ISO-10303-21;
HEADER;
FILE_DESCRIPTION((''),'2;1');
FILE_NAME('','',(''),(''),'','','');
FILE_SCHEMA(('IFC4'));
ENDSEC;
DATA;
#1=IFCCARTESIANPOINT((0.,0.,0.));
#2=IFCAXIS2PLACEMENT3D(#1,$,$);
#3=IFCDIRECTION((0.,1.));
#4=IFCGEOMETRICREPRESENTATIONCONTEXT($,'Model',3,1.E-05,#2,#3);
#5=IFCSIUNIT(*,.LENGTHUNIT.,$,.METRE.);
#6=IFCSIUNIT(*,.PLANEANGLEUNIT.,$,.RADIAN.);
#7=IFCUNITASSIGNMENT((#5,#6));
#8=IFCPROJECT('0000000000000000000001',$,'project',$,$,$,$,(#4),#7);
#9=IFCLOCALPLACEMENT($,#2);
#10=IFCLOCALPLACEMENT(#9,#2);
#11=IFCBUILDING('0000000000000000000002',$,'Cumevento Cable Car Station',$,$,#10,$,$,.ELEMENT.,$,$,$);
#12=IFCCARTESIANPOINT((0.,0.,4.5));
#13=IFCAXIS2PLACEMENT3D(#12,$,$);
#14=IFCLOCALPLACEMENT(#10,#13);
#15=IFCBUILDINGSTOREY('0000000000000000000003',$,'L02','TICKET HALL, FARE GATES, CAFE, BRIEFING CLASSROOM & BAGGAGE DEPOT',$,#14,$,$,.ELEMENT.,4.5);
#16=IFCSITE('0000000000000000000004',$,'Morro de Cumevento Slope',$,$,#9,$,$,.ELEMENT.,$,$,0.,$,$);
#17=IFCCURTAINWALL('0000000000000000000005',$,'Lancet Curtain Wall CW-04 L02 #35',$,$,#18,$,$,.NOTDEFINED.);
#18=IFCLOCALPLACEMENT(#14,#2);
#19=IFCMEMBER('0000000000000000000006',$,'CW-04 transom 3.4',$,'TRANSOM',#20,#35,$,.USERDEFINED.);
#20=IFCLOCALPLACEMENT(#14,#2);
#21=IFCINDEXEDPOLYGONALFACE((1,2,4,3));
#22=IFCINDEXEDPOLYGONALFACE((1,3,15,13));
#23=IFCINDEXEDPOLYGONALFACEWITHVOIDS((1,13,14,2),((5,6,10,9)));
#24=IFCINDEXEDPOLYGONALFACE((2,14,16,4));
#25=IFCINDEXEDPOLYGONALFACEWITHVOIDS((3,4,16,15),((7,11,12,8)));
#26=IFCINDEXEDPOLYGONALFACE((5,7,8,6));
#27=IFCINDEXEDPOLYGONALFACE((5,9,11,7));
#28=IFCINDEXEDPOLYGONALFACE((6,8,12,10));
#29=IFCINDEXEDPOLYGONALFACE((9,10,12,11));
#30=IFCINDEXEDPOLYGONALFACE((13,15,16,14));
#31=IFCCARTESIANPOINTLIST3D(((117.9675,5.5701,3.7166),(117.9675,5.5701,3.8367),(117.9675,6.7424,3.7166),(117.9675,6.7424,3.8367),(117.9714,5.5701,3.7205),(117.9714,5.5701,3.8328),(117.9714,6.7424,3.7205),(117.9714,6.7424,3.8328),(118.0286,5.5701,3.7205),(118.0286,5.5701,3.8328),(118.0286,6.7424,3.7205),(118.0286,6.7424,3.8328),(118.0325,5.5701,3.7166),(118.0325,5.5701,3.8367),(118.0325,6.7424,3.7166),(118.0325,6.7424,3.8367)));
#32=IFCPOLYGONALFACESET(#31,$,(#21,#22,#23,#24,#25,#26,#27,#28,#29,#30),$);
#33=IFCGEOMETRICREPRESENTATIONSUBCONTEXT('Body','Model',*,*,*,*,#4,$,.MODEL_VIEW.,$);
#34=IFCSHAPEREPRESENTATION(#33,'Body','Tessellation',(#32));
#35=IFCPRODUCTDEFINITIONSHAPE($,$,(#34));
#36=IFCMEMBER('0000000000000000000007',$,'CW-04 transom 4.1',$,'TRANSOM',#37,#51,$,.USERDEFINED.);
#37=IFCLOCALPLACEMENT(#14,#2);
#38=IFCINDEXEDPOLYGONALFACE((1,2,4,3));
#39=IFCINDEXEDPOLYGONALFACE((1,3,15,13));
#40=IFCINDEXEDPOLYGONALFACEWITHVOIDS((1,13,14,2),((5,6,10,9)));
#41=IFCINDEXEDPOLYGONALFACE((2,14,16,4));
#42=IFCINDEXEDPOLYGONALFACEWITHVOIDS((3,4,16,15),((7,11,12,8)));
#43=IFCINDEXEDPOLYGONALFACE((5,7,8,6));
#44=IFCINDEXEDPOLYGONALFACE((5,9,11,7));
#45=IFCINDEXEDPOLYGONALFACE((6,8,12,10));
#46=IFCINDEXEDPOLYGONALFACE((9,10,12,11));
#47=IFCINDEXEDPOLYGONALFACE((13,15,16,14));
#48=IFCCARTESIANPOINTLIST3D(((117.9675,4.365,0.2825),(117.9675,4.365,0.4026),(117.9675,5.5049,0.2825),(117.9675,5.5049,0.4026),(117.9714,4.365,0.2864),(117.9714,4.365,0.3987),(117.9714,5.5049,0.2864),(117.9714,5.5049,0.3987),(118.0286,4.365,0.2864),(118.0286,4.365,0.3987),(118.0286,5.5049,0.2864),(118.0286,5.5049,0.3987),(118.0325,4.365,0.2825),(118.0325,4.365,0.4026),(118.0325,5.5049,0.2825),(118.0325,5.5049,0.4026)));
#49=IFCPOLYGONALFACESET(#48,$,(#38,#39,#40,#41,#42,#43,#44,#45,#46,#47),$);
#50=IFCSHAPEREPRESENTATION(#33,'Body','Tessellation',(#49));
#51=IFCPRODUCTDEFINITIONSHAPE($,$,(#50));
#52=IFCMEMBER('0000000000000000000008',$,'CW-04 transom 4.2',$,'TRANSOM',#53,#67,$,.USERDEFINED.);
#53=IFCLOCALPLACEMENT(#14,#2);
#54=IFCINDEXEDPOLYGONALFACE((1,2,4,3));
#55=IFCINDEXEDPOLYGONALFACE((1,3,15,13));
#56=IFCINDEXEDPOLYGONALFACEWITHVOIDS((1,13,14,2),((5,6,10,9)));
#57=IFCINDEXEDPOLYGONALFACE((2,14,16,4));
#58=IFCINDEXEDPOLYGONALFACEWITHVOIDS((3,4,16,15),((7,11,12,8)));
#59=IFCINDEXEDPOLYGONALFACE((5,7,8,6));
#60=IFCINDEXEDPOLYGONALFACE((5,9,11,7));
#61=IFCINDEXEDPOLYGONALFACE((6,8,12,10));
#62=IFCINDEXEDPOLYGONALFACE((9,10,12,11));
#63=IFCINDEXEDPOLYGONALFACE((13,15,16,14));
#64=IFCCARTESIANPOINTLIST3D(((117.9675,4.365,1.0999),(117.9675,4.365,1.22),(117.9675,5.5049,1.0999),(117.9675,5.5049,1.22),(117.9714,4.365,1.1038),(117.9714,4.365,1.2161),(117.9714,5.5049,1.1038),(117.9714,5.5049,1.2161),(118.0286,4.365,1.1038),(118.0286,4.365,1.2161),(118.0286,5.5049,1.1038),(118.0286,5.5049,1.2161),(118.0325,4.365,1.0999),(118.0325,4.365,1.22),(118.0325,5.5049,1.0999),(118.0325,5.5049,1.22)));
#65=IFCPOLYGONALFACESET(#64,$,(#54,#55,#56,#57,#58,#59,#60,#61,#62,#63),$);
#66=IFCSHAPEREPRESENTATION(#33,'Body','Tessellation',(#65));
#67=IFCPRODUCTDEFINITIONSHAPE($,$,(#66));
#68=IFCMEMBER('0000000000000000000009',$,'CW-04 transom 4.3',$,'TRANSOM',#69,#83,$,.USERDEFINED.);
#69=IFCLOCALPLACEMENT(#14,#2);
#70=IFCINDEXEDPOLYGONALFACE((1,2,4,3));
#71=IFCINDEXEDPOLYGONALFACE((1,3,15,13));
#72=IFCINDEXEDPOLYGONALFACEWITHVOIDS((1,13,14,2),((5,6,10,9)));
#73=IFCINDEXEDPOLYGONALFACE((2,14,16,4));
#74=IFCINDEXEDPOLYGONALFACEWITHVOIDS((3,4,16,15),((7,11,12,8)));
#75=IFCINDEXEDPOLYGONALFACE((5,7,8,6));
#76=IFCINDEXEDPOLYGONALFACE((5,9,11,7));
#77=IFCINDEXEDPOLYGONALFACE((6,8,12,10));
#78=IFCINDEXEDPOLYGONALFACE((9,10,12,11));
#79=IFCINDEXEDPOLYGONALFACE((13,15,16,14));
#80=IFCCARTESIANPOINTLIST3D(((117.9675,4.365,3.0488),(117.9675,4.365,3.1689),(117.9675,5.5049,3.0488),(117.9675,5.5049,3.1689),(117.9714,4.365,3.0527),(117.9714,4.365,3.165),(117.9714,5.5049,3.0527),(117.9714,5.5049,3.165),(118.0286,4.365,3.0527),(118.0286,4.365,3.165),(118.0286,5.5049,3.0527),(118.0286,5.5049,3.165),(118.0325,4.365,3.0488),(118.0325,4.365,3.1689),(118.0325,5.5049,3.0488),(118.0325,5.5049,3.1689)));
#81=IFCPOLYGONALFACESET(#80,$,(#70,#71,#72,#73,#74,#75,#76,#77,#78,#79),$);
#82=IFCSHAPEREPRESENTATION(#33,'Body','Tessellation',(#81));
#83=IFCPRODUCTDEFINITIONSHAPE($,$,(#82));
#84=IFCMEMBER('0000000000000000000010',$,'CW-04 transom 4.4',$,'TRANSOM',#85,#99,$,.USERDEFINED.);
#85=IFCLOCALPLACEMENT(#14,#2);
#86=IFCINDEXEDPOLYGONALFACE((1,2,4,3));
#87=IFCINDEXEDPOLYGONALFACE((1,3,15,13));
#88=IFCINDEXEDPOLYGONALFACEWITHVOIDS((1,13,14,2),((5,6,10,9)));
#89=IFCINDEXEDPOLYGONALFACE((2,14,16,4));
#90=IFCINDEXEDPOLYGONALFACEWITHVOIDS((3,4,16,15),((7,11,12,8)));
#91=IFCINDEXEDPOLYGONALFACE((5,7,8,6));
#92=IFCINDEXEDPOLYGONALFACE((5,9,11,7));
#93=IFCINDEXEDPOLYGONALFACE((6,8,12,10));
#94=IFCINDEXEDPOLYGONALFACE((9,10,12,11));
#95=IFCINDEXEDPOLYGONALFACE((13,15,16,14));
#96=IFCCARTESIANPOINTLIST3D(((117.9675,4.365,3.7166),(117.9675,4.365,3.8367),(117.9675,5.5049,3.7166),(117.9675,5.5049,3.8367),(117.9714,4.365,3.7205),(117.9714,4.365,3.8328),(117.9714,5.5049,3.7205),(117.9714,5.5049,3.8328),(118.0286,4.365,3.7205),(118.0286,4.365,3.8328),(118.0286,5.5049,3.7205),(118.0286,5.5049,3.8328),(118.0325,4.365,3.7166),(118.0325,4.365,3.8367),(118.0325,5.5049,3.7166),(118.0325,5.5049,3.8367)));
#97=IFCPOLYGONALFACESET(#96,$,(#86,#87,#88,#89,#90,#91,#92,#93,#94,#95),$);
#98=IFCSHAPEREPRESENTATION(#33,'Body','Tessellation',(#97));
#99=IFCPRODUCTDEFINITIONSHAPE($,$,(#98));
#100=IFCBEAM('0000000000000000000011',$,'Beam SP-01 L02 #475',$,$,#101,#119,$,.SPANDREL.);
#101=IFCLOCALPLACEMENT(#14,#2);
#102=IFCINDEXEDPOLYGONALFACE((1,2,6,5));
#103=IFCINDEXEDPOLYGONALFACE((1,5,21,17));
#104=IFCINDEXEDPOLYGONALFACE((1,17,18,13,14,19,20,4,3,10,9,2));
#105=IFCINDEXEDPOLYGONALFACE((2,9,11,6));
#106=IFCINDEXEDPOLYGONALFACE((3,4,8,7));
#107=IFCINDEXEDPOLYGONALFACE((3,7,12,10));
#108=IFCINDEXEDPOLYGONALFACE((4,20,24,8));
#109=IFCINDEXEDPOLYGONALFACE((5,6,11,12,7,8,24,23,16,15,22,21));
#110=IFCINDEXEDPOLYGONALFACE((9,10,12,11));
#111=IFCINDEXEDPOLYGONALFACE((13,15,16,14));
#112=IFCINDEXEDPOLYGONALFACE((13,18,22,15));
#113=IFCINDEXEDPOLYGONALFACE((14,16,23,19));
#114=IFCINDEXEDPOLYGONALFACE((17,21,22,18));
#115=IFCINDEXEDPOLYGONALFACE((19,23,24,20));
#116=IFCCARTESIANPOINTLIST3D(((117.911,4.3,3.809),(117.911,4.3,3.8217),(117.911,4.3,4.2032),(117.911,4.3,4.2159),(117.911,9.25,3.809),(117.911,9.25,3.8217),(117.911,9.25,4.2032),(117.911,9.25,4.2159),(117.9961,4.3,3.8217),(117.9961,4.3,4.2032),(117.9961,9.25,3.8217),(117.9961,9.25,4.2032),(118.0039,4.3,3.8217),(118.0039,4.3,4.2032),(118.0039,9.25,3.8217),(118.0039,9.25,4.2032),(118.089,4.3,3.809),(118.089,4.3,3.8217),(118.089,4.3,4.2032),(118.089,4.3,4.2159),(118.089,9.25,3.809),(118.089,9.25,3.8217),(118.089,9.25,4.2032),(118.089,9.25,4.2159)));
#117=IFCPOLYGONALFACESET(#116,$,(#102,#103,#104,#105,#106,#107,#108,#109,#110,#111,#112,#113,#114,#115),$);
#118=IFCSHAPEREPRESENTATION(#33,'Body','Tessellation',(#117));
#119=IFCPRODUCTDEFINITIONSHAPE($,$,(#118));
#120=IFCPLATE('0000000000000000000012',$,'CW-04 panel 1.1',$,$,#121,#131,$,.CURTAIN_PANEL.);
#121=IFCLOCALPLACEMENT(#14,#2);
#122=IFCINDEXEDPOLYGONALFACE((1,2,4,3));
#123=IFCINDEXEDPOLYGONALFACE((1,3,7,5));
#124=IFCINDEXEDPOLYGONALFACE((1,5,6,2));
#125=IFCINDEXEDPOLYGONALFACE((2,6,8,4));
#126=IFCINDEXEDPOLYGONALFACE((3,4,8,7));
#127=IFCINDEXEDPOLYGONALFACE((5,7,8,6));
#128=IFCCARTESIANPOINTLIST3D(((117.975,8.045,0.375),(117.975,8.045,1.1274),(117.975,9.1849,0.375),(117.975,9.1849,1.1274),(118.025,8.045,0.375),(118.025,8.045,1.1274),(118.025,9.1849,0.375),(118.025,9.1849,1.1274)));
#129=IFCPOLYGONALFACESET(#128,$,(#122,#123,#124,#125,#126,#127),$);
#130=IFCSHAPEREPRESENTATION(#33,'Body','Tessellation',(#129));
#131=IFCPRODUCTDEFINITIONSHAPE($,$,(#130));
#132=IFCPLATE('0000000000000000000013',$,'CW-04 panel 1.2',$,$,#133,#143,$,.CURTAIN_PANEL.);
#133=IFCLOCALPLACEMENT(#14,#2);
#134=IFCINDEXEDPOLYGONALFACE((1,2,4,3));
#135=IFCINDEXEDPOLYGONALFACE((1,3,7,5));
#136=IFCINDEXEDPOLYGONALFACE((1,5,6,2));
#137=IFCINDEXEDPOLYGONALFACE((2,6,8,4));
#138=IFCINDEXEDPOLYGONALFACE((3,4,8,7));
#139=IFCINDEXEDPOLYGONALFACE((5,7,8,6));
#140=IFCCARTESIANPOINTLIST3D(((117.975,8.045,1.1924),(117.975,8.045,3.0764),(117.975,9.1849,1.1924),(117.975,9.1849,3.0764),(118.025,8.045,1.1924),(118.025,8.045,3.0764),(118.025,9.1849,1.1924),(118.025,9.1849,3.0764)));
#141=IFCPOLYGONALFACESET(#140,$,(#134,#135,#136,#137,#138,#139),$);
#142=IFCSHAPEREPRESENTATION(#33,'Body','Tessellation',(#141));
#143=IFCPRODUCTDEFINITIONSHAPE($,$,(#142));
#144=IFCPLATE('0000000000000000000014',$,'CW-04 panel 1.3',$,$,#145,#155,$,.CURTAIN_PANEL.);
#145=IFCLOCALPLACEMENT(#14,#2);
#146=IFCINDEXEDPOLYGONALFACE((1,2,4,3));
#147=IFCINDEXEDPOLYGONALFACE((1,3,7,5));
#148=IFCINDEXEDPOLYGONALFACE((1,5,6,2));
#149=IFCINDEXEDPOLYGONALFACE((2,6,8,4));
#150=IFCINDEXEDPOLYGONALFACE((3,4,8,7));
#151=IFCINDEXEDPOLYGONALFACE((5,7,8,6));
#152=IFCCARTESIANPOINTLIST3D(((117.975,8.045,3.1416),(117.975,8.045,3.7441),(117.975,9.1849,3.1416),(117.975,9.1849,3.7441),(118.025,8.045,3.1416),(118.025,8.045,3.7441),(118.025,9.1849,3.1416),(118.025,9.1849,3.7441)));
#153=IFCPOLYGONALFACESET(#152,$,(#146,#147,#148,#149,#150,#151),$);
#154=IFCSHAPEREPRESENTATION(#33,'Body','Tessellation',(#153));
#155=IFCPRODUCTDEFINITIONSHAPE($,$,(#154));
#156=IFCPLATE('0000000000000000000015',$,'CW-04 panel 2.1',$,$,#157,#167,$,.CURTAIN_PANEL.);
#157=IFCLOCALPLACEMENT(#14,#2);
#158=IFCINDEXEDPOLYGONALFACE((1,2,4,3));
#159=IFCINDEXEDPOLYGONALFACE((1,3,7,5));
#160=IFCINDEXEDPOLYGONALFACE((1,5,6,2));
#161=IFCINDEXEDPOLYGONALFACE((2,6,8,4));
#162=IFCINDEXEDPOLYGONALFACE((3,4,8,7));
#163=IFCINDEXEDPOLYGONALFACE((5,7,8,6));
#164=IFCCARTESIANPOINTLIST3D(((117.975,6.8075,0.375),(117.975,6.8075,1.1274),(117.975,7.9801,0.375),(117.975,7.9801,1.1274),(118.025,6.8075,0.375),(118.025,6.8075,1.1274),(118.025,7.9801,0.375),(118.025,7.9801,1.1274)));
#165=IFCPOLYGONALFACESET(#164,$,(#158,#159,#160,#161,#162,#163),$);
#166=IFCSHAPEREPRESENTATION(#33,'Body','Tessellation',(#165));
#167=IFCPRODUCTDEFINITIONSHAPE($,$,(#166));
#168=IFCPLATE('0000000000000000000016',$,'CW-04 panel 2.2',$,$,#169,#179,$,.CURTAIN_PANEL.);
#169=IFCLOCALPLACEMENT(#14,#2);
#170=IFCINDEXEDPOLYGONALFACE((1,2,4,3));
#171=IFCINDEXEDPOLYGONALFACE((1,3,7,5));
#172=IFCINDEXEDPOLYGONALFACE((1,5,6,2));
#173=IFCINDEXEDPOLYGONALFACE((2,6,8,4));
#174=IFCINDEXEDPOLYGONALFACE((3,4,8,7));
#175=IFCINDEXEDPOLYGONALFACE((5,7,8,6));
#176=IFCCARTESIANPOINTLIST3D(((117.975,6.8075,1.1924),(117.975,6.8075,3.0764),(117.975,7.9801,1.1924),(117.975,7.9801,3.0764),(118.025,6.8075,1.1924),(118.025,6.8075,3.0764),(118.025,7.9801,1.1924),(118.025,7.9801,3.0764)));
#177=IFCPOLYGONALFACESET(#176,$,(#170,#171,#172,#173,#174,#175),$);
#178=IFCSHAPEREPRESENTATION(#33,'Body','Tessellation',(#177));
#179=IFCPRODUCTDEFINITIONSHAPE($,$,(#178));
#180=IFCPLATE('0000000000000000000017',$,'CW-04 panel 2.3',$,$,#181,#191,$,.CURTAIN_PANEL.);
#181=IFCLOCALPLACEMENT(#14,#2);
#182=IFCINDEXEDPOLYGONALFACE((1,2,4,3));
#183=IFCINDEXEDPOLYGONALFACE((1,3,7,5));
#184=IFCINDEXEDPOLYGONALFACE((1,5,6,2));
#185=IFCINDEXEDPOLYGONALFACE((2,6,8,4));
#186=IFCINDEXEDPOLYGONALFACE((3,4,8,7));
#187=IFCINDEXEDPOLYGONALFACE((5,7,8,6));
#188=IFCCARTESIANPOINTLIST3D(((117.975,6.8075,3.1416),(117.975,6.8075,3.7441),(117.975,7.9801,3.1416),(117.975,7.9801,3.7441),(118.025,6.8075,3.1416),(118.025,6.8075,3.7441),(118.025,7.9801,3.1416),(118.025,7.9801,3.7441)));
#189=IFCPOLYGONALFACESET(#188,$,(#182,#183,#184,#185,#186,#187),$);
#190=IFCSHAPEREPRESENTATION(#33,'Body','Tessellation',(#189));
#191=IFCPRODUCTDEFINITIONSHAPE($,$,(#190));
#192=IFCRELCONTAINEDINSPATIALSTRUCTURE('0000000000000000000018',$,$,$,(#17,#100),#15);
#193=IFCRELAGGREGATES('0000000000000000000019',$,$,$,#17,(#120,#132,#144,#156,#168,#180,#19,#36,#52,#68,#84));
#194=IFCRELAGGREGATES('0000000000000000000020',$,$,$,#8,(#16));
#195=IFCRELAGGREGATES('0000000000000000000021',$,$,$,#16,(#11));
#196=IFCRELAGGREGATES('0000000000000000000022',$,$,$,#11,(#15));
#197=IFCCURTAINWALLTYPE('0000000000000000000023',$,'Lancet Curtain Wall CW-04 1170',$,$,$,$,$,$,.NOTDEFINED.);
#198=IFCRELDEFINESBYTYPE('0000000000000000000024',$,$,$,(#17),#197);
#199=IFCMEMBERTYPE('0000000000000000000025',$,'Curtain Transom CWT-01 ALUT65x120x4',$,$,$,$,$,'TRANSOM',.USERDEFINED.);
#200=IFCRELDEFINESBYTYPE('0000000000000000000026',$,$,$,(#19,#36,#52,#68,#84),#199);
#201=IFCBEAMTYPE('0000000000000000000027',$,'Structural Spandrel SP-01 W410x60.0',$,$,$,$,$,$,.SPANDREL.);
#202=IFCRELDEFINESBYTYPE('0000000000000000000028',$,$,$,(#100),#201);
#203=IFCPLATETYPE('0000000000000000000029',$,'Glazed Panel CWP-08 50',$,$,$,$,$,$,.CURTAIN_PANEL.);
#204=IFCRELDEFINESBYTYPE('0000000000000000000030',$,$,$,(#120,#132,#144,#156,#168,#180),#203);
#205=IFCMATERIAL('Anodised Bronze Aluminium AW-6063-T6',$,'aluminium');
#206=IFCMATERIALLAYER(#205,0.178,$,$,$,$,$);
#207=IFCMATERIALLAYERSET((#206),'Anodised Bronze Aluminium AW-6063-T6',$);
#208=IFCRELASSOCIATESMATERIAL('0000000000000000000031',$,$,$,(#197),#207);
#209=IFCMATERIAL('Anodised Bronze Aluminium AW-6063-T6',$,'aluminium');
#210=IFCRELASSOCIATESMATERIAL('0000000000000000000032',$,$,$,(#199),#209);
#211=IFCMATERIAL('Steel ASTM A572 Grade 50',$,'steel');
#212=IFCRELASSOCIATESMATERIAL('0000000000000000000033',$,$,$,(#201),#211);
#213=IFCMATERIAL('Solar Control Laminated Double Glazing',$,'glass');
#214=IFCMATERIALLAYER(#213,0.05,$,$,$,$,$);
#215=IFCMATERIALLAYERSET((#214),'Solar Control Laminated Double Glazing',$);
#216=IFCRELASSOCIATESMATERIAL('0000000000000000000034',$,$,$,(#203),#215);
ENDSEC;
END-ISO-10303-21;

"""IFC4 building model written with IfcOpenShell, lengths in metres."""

from ifc_helpers import new_model, si_unit, direction, frame, origin, origin_2d, place, context, subcontext, project, spatial, rectangle, hollow_rectangle, i_section, extrude, material, layer, layer_set, material_profile, profile_set, type_object, element, aggregate, save


model = new_model("IFC4")

# Units and contexts
model_context = context("Model", 3, precision=1e-05, world=origin(), true_north=direction((0.0, 1.0)))
body_context = subcontext(model_context, "Body", "Model", "MODEL_VIEW")
ifc_project = project(units=[si_unit("LENGTHUNIT", "METRE"), si_unit("PLANEANGLEUNIT", "RADIAN")], contexts=[model_context])

# Site, building, storey
site_placement = place(None, origin())
site = spatial("IfcSite", under=ifc_project, at=site_placement, Name="Morro de Cumevento Slope", CompositionType="ELEMENT", RefElevation=0.0)
building_placement = place(site_placement, origin())
building = spatial("IfcBuilding", under=site, at=building_placement, Name="Cumevento Cable Car Station", CompositionType="ELEMENT")
storey_placement = place(building_placement, frame((0.0, 0.0, 4.5)))
storey = spatial("IfcBuildingStorey", under=building, at=storey_placement, Name="L02", Description="TICKET HALL, FARE GATES, CAFE, BRIEFING CLASSROOM & BAGGAGE DEPOT", CompositionType="ELEMENT", Elevation=4.5)

# Curtain wall, members
ifc_material_1 = material(Name="Anodised Bronze Aluminium AW-6063-T6", Category="aluminium")
ifc_layer_1 = layer(ifc_material_1, 0.178)
ifc_layer_set_1 = layer_set([ifc_layer_1], Name="Anodised Bronze Aluminium AW-6063-T6")
curtain_wall_type = type_object("IfcCurtainWallType", Name="Lancet Curtain Wall CW-04 1170", PredefinedType="NOTDEFINED", material=ifc_layer_set_1)
curtain_wall_placement = place(storey_placement, origin())
curtain_wall = element("IfcCurtainWall", 1, at=curtain_wall_placement, inside=storey, type_object=curtain_wall_type, Name="Lancet Curtain Wall CW-04 L02 #35", PredefinedType="NOTDEFINED")
ifc_material_2 = material(Name="Anodised Bronze Aluminium AW-6063-T6", Category="aluminium")
ifc_material_profile_1 = material_profile(ifc_material_2, hollow_rectangle(XDim=0.0649, YDim=0.1201, WallThickness=0.0039, at=origin_2d()), Name="ALUT65x120x4")
ifc_profile_set_1 = profile_set([ifc_material_profile_1], Name="Anodised Bronze Aluminium AW-6063-T6")
member_type_1 = type_object("IfcMemberType", Name="Curtain Transom CWT-01 ALUT65x120x4", ElementType="TRANSOM", PredefinedType="USERDEFINED", material=ifc_profile_set_1)
member_1_placement = place(storey_placement, frame((118.0, 6.7424, 3.7766), z_axis=(0.0, -1.0, 0.0), x_axis=(1.0, 0.0, 0.0)))
member_1 = element("IfcMember", 2, at=member_1_placement, type_object=member_type_1, Name="CW-04 transom 3.4", ObjectType="TRANSOM", PredefinedType="USERDEFINED", context=body_context, shape_type="SweptSolid", body=[
    extrude(hollow_rectangle(XDim=0.0649, YDim=0.1201, WallThickness=0.0039, at=origin_2d()), origin(), (0.0, 0.0, 1.0), 1.1724),
])
member_2_placement = place(storey_placement, frame((118.0, 5.5049, 0.3425), z_axis=(0.0, -1.0, 0.0), x_axis=(1.0, 0.0, 0.0)))
member_2 = element("IfcMember", 3, at=member_2_placement, type_object=member_type_1, Name="CW-04 transom 4.1", ObjectType="TRANSOM", PredefinedType="USERDEFINED", context=body_context, shape_type="SweptSolid", body=[
    extrude(hollow_rectangle(XDim=0.0649, YDim=0.1201, WallThickness=0.0039, at=origin_2d()), origin(), (0.0, 0.0, 1.0), 1.1399),
])
member_3_placement = place(storey_placement, frame((118.0, 5.5049, 1.1599), z_axis=(0.0, -1.0, 0.0), x_axis=(1.0, 0.0, 0.0)))
member_3 = element("IfcMember", 4, at=member_3_placement, type_object=member_type_1, Name="CW-04 transom 4.2", ObjectType="TRANSOM", PredefinedType="USERDEFINED", context=body_context, shape_type="SweptSolid", body=[
    extrude(hollow_rectangle(XDim=0.0649, YDim=0.1201, WallThickness=0.0039, at=origin_2d()), origin(), (0.0, 0.0, 1.0), 1.1399),
])
member_4_placement = place(storey_placement, frame((118.0, 5.5049, 3.1089), z_axis=(0.0, -1.0, 0.0), x_axis=(1.0, 0.0, 0.0)))
member_4 = element("IfcMember", 5, at=member_4_placement, type_object=member_type_1, Name="CW-04 transom 4.3", ObjectType="TRANSOM", PredefinedType="USERDEFINED", context=body_context, shape_type="SweptSolid", body=[
    extrude(hollow_rectangle(XDim=0.0649, YDim=0.1201, WallThickness=0.0039, at=origin_2d()), origin(), (0.0, 0.0, 1.0), 1.1399),
])
member_5_placement = place(storey_placement, frame((118.0, 5.5049, 3.7766), z_axis=(0.0, -1.0, 0.0), x_axis=(1.0, 0.0, 0.0)))
member_5 = element("IfcMember", 6, at=member_5_placement, type_object=member_type_1, Name="CW-04 transom 4.4", ObjectType="TRANSOM", PredefinedType="USERDEFINED", context=body_context, shape_type="SweptSolid", body=[
    extrude(hollow_rectangle(XDim=0.0649, YDim=0.1201, WallThickness=0.0039, at=origin_2d()), origin(), (0.0, 0.0, 1.0), 1.1399),
])

# Beam
ifc_material_3 = material(Name="Steel ASTM A572 Grade 50", Category="steel")
ifc_material_profile_2 = material_profile(ifc_material_3, i_section(OverallWidth=0.178, OverallDepth=0.407, WebThickness=0.0078, FlangeThickness=0.0127, at=origin_2d()), Name="W410x60.0")
ifc_profile_set_2 = profile_set([ifc_material_profile_2], Name="Steel ASTM A572 Grade 50")
beam_type = type_object("IfcBeamType", Name="Structural Spandrel SP-01 W410x60.0", PredefinedType="SPANDREL", material=ifc_profile_set_2)
beam_placement = place(storey_placement, frame((118.0, 4.3, 4.0125), z_axis=(0.0, 1.0, 0.0), x_axis=(-1.0, 0.0, 0.0)))
element("IfcBeam", 7, at=beam_placement, inside=storey, type_object=beam_type, Name="Beam SP-01 L02 #475", PredefinedType="SPANDREL", context=body_context, shape_type="SweptSolid", body=[
    extrude(i_section(OverallWidth=0.178, OverallDepth=0.407, WebThickness=0.0078, FlangeThickness=0.0127, at=origin_2d()), origin(), (0.0, 0.0, 1.0), 4.95),
])

# Plates
ifc_material_4 = material(Name="Solar Control Laminated Double Glazing", Category="glass")
ifc_layer_2 = layer(ifc_material_4, 0.05)
ifc_layer_set_2 = layer_set([ifc_layer_2], Name="Solar Control Laminated Double Glazing")
plate_type = type_object("IfcPlateType", Name="Glazed Panel CWP-08 50", PredefinedType="CURTAIN_PANEL", material=ifc_layer_set_2)
plate_1_placement = place(storey_placement, frame((118.0, 8.615, 0.375), z_axis=(0.0, 0.0, 1.0), x_axis=(0.0, -1.0, 0.0)))
plate_1 = element("IfcPlate", 8, at=plate_1_placement, type_object=plate_type, Name="CW-04 panel 1.1", PredefinedType="CURTAIN_PANEL", context=body_context, shape_type="SweptSolid", body=[
    extrude(rectangle(XDim=1.1399, YDim=0.05, at=origin_2d()), origin(), (0.0, 0.0, 1.0), 0.7524),
])
plate_2_placement = place(storey_placement, frame((118.0, 8.615, 1.1924), z_axis=(0.0, 0.0, 1.0), x_axis=(0.0, -1.0, 0.0)))
plate_2 = element("IfcPlate", 9, at=plate_2_placement, type_object=plate_type, Name="CW-04 panel 1.2", PredefinedType="CURTAIN_PANEL", context=body_context, shape_type="SweptSolid", body=[
    extrude(rectangle(XDim=1.1399, YDim=0.05, at=origin_2d()), origin(), (0.0, 0.0, 1.0), 1.884),
])
plate_3_placement = place(storey_placement, frame((118.0, 8.615, 3.1416), z_axis=(0.0, 0.0, 1.0), x_axis=(0.0, -1.0, 0.0)))
plate_3 = element("IfcPlate", 10, at=plate_3_placement, type_object=plate_type, Name="CW-04 panel 1.3", PredefinedType="CURTAIN_PANEL", context=body_context, shape_type="SweptSolid", body=[
    extrude(rectangle(XDim=1.1399, YDim=0.05, at=origin_2d()), origin(), (0.0, 0.0, 1.0), 0.6025),
])
plate_4_placement = place(storey_placement, frame((118.0, 7.3938, 0.375), z_axis=(0.0, 0.0, 1.0), x_axis=(0.0, -1.0, 0.0)))
plate_4 = element("IfcPlate", 11, at=plate_4_placement, type_object=plate_type, Name="CW-04 panel 2.1", PredefinedType="CURTAIN_PANEL", context=body_context, shape_type="SweptSolid", body=[
    extrude(rectangle(XDim=1.1726, YDim=0.05, at=origin_2d()), origin(), (0.0, 0.0, 1.0), 0.7524),
])
plate_5_placement = place(storey_placement, frame((118.0, 7.3938, 1.1924), z_axis=(0.0, 0.0, 1.0), x_axis=(0.0, -1.0, 0.0)))
plate_5 = element("IfcPlate", 12, at=plate_5_placement, type_object=plate_type, Name="CW-04 panel 2.2", PredefinedType="CURTAIN_PANEL", context=body_context, shape_type="SweptSolid", body=[
    extrude(rectangle(XDim=1.1726, YDim=0.05, at=origin_2d()), origin(), (0.0, 0.0, 1.0), 1.884),
])
plate_6_placement = place(storey_placement, frame((118.0, 7.3938, 3.1416), z_axis=(0.0, 0.0, 1.0), x_axis=(0.0, -1.0, 0.0)))
plate_6 = element("IfcPlate", 13, at=plate_6_placement, type_object=plate_type, Name="CW-04 panel 2.3", PredefinedType="CURTAIN_PANEL", context=body_context, shape_type="SweptSolid", body=[
    extrude(rectangle(XDim=1.1726, YDim=0.05, at=origin_2d()), origin(), (0.0, 0.0, 1.0), 0.6025),
])
aggregate(curtain_wall, [plate_1, plate_2, plate_3, plate_4, plate_5, plate_6, member_1, member_2, member_3, member_4, member_5])

save(model, "model.ifc")
